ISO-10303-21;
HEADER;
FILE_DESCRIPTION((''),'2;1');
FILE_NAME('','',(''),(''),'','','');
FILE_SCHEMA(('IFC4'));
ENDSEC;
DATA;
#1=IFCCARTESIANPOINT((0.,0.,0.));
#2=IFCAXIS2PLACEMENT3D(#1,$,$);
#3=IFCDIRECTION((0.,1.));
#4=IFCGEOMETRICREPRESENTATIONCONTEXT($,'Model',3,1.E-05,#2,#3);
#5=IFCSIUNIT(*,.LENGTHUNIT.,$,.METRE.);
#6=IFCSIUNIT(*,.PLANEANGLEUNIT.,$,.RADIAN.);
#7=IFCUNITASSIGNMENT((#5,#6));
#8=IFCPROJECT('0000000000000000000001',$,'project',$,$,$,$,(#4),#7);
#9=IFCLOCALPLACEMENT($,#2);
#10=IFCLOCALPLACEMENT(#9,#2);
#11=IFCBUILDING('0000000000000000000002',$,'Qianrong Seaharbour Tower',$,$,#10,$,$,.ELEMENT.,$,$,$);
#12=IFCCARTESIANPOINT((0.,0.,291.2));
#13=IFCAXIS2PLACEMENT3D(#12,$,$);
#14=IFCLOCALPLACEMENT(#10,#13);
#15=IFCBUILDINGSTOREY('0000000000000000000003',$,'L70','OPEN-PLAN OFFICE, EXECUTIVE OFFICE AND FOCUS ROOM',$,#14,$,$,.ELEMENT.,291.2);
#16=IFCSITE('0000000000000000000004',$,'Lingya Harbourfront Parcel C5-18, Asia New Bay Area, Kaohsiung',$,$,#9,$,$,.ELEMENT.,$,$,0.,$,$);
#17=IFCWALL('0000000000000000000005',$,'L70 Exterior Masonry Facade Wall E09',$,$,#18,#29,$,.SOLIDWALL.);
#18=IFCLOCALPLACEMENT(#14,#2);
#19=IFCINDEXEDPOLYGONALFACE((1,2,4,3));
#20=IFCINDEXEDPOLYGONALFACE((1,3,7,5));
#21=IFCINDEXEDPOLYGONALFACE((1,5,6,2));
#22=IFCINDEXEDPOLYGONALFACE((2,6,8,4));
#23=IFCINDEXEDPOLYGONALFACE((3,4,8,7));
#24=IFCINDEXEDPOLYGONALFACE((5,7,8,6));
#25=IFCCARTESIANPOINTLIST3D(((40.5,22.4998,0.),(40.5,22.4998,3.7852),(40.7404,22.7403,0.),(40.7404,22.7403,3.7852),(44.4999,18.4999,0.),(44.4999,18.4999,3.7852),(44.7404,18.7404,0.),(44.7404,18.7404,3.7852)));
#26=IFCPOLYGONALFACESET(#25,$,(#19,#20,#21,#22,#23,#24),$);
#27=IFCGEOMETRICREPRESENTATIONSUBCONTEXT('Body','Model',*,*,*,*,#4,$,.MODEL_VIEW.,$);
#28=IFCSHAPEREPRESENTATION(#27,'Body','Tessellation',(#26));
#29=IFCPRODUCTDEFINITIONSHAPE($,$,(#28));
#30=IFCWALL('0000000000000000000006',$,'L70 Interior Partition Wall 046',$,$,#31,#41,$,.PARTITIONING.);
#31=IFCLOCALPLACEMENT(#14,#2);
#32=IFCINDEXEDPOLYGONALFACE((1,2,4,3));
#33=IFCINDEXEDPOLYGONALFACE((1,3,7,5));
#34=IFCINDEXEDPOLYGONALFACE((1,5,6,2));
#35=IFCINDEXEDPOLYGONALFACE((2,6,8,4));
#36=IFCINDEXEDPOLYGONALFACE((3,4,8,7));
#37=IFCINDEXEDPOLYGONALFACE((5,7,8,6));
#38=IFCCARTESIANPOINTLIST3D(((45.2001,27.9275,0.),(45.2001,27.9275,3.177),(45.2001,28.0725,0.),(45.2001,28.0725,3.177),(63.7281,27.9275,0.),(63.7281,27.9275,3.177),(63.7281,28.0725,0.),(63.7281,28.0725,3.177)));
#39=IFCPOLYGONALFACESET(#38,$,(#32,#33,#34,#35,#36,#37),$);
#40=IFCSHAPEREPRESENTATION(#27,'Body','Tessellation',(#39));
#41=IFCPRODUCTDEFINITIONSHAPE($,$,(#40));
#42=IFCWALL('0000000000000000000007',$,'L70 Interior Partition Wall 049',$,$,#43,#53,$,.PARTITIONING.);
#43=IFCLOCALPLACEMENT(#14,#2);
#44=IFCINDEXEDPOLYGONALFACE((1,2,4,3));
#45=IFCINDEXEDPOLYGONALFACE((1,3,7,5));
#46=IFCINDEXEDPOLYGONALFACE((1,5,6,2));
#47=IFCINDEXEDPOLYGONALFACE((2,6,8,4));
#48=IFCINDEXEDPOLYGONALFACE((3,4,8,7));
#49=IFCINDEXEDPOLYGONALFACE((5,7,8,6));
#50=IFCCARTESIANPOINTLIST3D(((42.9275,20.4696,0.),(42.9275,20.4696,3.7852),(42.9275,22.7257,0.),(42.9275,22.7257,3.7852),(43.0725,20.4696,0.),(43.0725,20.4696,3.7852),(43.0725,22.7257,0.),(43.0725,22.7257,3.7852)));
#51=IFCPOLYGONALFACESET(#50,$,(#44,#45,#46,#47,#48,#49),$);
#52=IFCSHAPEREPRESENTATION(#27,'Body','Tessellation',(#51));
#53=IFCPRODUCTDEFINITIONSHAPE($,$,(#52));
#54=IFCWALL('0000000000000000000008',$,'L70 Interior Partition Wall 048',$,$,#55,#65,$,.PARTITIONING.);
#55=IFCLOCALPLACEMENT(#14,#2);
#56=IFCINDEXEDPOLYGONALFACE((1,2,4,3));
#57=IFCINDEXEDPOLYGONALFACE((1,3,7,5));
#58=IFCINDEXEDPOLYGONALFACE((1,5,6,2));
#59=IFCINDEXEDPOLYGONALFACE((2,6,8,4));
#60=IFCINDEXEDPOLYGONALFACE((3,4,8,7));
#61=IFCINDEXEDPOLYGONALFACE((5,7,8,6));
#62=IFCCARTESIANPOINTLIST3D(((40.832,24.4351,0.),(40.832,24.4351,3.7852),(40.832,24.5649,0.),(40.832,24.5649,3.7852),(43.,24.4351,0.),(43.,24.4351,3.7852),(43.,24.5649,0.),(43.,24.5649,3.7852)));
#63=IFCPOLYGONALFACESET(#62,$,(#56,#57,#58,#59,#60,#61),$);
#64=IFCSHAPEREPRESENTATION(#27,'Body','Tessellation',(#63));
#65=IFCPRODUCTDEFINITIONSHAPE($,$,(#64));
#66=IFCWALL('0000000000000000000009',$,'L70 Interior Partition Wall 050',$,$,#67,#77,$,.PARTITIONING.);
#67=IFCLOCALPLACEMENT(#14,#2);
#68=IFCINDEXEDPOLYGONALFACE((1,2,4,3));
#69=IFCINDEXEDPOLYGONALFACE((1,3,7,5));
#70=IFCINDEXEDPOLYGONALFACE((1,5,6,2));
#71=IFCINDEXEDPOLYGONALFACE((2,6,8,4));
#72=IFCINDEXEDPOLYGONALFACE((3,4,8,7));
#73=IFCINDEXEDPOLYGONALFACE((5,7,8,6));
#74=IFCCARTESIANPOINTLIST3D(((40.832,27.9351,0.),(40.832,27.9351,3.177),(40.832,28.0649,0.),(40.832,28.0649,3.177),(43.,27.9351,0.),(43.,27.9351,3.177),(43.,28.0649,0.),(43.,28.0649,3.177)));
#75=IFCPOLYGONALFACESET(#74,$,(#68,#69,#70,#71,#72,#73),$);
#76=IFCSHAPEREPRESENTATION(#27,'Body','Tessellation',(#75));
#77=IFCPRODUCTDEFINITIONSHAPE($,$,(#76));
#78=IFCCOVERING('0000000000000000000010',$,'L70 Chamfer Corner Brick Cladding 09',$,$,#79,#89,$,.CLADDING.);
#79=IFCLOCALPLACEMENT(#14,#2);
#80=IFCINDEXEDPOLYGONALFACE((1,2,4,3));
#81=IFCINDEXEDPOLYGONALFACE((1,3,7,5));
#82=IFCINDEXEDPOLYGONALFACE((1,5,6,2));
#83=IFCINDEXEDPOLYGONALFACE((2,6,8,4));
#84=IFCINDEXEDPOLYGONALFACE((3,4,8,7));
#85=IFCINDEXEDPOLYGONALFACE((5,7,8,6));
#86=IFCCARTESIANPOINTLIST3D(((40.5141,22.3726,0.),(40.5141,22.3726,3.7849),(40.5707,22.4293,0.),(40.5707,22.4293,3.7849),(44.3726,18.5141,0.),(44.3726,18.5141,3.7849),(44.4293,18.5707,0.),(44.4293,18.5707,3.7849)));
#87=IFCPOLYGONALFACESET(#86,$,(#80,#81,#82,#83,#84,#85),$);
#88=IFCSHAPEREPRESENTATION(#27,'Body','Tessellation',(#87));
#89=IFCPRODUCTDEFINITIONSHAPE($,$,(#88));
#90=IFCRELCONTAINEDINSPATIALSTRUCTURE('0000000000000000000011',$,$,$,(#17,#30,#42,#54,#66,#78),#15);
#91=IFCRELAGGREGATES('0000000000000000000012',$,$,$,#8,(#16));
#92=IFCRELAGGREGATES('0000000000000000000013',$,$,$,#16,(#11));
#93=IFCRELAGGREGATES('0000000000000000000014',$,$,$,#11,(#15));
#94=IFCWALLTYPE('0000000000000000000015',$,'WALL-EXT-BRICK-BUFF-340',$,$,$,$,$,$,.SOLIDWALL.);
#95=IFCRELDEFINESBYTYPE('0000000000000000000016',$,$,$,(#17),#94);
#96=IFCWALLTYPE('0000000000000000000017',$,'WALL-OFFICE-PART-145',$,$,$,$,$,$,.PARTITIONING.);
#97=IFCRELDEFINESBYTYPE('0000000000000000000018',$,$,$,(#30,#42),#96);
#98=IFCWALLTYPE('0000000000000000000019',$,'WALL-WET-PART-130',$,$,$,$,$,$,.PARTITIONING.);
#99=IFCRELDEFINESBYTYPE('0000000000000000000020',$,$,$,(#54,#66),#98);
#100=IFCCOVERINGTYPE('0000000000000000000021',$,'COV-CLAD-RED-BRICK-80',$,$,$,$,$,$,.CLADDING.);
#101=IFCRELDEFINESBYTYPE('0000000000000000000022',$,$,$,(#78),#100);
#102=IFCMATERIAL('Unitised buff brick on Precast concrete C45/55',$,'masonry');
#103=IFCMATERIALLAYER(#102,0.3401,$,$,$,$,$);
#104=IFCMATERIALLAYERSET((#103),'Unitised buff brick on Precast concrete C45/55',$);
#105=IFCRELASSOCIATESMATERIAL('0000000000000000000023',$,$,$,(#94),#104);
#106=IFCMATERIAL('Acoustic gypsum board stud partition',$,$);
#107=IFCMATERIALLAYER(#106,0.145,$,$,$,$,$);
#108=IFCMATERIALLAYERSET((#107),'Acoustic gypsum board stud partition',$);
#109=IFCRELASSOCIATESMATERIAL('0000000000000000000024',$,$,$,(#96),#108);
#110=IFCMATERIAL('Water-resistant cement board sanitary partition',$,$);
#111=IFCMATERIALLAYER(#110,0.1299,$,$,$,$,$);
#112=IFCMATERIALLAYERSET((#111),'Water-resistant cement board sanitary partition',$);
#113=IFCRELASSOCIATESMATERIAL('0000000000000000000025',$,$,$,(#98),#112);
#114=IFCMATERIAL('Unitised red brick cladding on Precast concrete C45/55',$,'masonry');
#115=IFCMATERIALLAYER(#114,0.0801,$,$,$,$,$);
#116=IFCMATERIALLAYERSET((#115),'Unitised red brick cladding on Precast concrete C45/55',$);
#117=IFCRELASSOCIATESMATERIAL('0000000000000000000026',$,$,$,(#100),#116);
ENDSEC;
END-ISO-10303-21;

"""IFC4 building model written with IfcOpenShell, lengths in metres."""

from ifc_helpers import new_model, si_unit, direction, frame, frame_2d, origin, origin_2d, place, context, subcontext, project, spatial, rectangle, extrude, material, layer, layer_set, type_object, element, save


model = new_model("IFC4")

# Units and contexts
model_context = context("Model", 3, precision=1e-05, world=origin(), true_north=direction((0.0, 1.0)))
body_context = subcontext(model_context, "Body", "Model", "MODEL_VIEW")
ifc_project = project(units=[si_unit("LENGTHUNIT", "METRE"), si_unit("PLANEANGLEUNIT", "RADIAN")], contexts=[model_context])

# Site, building, storey
site_placement = place(None, origin())
site = spatial("IfcSite", under=ifc_project, at=site_placement, Name="Lingya Harbourfront Parcel C5-18, Asia New Bay Area, Kaohsiung", CompositionType="ELEMENT", RefElevation=0.0)
building_placement = place(site_placement, origin())
building = spatial("IfcBuilding", under=site, at=building_placement, Name="Qianrong Seaharbour Tower", CompositionType="ELEMENT")
storey_placement = place(building_placement, frame((0.0, 0.0, 291.2)))
storey = spatial("IfcBuildingStorey", under=building, at=storey_placement, Name="L70", Description="OPEN-PLAN OFFICE, EXECUTIVE OFFICE AND FOCUS ROOM", CompositionType="ELEMENT", Elevation=291.2)

# Walls
ifc_material_1 = material(Name="Unitised buff brick on Precast concrete C45/55", Category="masonry")
ifc_layer_1 = layer(ifc_material_1, 0.3401)
ifc_layer_set_1 = layer_set([ifc_layer_1], Name="Unitised buff brick on Precast concrete C45/55")
wall_type_1 = type_object("IfcWallType", Name="WALL-EXT-BRICK-BUFF-340", PredefinedType="SOLIDWALL", material=ifc_layer_set_1)
wall_1_placement = place(storey_placement, frame((44.6201, 18.6201, 0.0), z_axis=(0.0, 0.0, 1.0), x_axis=(-0.707107, 0.707107, 0.0)))
element("IfcWall", 1, at=wall_1_placement, inside=storey, type_object=wall_type_1, Name="L70 Exterior Masonry Facade Wall E09", PredefinedType="SOLIDWALL", context=body_context, shape_type="SweptSolid", body=[
    extrude(rectangle(XDim=5.6567, YDim=0.3401, at=frame_2d((2.8284, 0.0))), origin(), (0.0, 0.0, 1.0), 3.7852),
])
ifc_material_2 = material(Name="Acoustic gypsum board stud partition")
ifc_layer_2 = layer(ifc_material_2, 0.145)
ifc_layer_set_2 = layer_set([ifc_layer_2], Name="Acoustic gypsum board stud partition")
wall_type_2 = type_object("IfcWallType", Name="WALL-OFFICE-PART-145", PredefinedType="PARTITIONING", material=ifc_layer_set_2)
wall_2_placement = place(storey_placement, frame((45.2, 28.0, 0.0), z_axis=(0.0, 0.0, 1.0), x_axis=(1.0, 0.0, 0.0)))
element("IfcWall", 2, at=wall_2_placement, inside=storey, type_object=wall_type_2, Name="L70 Interior Partition Wall 046", PredefinedType="PARTITIONING", context=body_context, shape_type="SweptSolid", body=[
    extrude(rectangle(XDim=18.5281, YDim=0.145, at=frame_2d((9.2642, 0.0))), origin(), (0.0, 0.0, 1.0), 3.177),
])
wall_3_placement = place(storey_placement, frame((43.0, 22.7256, 0.0), z_axis=(0.0, 0.0, 1.0), x_axis=(0.0, -1.0, 0.0)))
element("IfcWall", 3, at=wall_3_placement, inside=storey, type_object=wall_type_2, Name="L70 Interior Partition Wall 049", PredefinedType="PARTITIONING", context=body_context, shape_type="SweptSolid", body=[
    extrude(rectangle(XDim=2.2561, YDim=0.145, at=frame_2d((1.1279, 0.0))), origin(), (0.0, 0.0, 1.0), 3.7852),
])

# Shared definitions
ifc_material_3 = material(Name="Water-resistant cement board sanitary partition")
ifc_layer_3 = layer(ifc_material_3, 0.1299)
ifc_layer_set_3 = layer_set([ifc_layer_3], Name="Water-resistant cement board sanitary partition")
wall_type_3 = type_object("IfcWallType", Name="WALL-WET-PART-130", PredefinedType="PARTITIONING", material=ifc_layer_set_3)

# Walls
wall_4_placement = place(storey_placement, frame((40.832, 24.5, 0.0), z_axis=(0.0, 0.0, 1.0), x_axis=(1.0, 0.0, 0.0)))
element("IfcWall", 4, at=wall_4_placement, inside=storey, type_object=wall_type_3, Name="L70 Interior Partition Wall 048", PredefinedType="PARTITIONING", context=body_context, shape_type="SweptSolid", body=[
    extrude(rectangle(XDim=2.168, YDim=0.1299, at=frame_2d((1.084, 0.0))), origin(), (0.0, 0.0, 1.0), 3.7852),
])
wall_5_placement = place(storey_placement, frame((40.832, 28.0, 0.0), z_axis=(0.0, 0.0, 1.0), x_axis=(1.0, 0.0, 0.0)))
element("IfcWall", 5, at=wall_5_placement, inside=storey, type_object=wall_type_3, Name="L70 Interior Partition Wall 050", PredefinedType="PARTITIONING", context=body_context, shape_type="SweptSolid", body=[
    extrude(rectangle(XDim=2.168, YDim=0.1299, at=frame_2d((1.084, 0.0))), origin(), (0.0, 0.0, 1.0), 3.177),
])

# Covering
ifc_material_4 = material(Name="Unitised red brick cladding on Precast concrete C45/55", Category="masonry")
ifc_layer_4 = layer(ifc_material_4, 0.0801)
ifc_layer_set_4 = layer_set([ifc_layer_4], Name="Unitised red brick cladding on Precast concrete C45/55")
covering_type = type_object("IfcCoveringType", Name="COV-CLAD-RED-BRICK-80", PredefinedType="CLADDING", material=ifc_layer_set_4)
covering_placement = place(storey_placement, frame((42.4717, 20.4717, 0.0), z_axis=(0.0, 0.0, 1.0), x_axis=(-0.707107, 0.707107, 0.0)))
element("IfcCovering", 6, at=covering_placement, inside=storey, type_object=covering_type, Name="L70 Chamfer Corner Brick Cladding 09", PredefinedType="CLADDING", context=body_context, shape_type="SweptSolid", body=[
    extrude(rectangle(XDim=5.4568, YDim=0.0801, at=origin_2d()), origin(), (0.0, 0.0, 1.0), 3.7849),
])

save(model, "model.ifc")
